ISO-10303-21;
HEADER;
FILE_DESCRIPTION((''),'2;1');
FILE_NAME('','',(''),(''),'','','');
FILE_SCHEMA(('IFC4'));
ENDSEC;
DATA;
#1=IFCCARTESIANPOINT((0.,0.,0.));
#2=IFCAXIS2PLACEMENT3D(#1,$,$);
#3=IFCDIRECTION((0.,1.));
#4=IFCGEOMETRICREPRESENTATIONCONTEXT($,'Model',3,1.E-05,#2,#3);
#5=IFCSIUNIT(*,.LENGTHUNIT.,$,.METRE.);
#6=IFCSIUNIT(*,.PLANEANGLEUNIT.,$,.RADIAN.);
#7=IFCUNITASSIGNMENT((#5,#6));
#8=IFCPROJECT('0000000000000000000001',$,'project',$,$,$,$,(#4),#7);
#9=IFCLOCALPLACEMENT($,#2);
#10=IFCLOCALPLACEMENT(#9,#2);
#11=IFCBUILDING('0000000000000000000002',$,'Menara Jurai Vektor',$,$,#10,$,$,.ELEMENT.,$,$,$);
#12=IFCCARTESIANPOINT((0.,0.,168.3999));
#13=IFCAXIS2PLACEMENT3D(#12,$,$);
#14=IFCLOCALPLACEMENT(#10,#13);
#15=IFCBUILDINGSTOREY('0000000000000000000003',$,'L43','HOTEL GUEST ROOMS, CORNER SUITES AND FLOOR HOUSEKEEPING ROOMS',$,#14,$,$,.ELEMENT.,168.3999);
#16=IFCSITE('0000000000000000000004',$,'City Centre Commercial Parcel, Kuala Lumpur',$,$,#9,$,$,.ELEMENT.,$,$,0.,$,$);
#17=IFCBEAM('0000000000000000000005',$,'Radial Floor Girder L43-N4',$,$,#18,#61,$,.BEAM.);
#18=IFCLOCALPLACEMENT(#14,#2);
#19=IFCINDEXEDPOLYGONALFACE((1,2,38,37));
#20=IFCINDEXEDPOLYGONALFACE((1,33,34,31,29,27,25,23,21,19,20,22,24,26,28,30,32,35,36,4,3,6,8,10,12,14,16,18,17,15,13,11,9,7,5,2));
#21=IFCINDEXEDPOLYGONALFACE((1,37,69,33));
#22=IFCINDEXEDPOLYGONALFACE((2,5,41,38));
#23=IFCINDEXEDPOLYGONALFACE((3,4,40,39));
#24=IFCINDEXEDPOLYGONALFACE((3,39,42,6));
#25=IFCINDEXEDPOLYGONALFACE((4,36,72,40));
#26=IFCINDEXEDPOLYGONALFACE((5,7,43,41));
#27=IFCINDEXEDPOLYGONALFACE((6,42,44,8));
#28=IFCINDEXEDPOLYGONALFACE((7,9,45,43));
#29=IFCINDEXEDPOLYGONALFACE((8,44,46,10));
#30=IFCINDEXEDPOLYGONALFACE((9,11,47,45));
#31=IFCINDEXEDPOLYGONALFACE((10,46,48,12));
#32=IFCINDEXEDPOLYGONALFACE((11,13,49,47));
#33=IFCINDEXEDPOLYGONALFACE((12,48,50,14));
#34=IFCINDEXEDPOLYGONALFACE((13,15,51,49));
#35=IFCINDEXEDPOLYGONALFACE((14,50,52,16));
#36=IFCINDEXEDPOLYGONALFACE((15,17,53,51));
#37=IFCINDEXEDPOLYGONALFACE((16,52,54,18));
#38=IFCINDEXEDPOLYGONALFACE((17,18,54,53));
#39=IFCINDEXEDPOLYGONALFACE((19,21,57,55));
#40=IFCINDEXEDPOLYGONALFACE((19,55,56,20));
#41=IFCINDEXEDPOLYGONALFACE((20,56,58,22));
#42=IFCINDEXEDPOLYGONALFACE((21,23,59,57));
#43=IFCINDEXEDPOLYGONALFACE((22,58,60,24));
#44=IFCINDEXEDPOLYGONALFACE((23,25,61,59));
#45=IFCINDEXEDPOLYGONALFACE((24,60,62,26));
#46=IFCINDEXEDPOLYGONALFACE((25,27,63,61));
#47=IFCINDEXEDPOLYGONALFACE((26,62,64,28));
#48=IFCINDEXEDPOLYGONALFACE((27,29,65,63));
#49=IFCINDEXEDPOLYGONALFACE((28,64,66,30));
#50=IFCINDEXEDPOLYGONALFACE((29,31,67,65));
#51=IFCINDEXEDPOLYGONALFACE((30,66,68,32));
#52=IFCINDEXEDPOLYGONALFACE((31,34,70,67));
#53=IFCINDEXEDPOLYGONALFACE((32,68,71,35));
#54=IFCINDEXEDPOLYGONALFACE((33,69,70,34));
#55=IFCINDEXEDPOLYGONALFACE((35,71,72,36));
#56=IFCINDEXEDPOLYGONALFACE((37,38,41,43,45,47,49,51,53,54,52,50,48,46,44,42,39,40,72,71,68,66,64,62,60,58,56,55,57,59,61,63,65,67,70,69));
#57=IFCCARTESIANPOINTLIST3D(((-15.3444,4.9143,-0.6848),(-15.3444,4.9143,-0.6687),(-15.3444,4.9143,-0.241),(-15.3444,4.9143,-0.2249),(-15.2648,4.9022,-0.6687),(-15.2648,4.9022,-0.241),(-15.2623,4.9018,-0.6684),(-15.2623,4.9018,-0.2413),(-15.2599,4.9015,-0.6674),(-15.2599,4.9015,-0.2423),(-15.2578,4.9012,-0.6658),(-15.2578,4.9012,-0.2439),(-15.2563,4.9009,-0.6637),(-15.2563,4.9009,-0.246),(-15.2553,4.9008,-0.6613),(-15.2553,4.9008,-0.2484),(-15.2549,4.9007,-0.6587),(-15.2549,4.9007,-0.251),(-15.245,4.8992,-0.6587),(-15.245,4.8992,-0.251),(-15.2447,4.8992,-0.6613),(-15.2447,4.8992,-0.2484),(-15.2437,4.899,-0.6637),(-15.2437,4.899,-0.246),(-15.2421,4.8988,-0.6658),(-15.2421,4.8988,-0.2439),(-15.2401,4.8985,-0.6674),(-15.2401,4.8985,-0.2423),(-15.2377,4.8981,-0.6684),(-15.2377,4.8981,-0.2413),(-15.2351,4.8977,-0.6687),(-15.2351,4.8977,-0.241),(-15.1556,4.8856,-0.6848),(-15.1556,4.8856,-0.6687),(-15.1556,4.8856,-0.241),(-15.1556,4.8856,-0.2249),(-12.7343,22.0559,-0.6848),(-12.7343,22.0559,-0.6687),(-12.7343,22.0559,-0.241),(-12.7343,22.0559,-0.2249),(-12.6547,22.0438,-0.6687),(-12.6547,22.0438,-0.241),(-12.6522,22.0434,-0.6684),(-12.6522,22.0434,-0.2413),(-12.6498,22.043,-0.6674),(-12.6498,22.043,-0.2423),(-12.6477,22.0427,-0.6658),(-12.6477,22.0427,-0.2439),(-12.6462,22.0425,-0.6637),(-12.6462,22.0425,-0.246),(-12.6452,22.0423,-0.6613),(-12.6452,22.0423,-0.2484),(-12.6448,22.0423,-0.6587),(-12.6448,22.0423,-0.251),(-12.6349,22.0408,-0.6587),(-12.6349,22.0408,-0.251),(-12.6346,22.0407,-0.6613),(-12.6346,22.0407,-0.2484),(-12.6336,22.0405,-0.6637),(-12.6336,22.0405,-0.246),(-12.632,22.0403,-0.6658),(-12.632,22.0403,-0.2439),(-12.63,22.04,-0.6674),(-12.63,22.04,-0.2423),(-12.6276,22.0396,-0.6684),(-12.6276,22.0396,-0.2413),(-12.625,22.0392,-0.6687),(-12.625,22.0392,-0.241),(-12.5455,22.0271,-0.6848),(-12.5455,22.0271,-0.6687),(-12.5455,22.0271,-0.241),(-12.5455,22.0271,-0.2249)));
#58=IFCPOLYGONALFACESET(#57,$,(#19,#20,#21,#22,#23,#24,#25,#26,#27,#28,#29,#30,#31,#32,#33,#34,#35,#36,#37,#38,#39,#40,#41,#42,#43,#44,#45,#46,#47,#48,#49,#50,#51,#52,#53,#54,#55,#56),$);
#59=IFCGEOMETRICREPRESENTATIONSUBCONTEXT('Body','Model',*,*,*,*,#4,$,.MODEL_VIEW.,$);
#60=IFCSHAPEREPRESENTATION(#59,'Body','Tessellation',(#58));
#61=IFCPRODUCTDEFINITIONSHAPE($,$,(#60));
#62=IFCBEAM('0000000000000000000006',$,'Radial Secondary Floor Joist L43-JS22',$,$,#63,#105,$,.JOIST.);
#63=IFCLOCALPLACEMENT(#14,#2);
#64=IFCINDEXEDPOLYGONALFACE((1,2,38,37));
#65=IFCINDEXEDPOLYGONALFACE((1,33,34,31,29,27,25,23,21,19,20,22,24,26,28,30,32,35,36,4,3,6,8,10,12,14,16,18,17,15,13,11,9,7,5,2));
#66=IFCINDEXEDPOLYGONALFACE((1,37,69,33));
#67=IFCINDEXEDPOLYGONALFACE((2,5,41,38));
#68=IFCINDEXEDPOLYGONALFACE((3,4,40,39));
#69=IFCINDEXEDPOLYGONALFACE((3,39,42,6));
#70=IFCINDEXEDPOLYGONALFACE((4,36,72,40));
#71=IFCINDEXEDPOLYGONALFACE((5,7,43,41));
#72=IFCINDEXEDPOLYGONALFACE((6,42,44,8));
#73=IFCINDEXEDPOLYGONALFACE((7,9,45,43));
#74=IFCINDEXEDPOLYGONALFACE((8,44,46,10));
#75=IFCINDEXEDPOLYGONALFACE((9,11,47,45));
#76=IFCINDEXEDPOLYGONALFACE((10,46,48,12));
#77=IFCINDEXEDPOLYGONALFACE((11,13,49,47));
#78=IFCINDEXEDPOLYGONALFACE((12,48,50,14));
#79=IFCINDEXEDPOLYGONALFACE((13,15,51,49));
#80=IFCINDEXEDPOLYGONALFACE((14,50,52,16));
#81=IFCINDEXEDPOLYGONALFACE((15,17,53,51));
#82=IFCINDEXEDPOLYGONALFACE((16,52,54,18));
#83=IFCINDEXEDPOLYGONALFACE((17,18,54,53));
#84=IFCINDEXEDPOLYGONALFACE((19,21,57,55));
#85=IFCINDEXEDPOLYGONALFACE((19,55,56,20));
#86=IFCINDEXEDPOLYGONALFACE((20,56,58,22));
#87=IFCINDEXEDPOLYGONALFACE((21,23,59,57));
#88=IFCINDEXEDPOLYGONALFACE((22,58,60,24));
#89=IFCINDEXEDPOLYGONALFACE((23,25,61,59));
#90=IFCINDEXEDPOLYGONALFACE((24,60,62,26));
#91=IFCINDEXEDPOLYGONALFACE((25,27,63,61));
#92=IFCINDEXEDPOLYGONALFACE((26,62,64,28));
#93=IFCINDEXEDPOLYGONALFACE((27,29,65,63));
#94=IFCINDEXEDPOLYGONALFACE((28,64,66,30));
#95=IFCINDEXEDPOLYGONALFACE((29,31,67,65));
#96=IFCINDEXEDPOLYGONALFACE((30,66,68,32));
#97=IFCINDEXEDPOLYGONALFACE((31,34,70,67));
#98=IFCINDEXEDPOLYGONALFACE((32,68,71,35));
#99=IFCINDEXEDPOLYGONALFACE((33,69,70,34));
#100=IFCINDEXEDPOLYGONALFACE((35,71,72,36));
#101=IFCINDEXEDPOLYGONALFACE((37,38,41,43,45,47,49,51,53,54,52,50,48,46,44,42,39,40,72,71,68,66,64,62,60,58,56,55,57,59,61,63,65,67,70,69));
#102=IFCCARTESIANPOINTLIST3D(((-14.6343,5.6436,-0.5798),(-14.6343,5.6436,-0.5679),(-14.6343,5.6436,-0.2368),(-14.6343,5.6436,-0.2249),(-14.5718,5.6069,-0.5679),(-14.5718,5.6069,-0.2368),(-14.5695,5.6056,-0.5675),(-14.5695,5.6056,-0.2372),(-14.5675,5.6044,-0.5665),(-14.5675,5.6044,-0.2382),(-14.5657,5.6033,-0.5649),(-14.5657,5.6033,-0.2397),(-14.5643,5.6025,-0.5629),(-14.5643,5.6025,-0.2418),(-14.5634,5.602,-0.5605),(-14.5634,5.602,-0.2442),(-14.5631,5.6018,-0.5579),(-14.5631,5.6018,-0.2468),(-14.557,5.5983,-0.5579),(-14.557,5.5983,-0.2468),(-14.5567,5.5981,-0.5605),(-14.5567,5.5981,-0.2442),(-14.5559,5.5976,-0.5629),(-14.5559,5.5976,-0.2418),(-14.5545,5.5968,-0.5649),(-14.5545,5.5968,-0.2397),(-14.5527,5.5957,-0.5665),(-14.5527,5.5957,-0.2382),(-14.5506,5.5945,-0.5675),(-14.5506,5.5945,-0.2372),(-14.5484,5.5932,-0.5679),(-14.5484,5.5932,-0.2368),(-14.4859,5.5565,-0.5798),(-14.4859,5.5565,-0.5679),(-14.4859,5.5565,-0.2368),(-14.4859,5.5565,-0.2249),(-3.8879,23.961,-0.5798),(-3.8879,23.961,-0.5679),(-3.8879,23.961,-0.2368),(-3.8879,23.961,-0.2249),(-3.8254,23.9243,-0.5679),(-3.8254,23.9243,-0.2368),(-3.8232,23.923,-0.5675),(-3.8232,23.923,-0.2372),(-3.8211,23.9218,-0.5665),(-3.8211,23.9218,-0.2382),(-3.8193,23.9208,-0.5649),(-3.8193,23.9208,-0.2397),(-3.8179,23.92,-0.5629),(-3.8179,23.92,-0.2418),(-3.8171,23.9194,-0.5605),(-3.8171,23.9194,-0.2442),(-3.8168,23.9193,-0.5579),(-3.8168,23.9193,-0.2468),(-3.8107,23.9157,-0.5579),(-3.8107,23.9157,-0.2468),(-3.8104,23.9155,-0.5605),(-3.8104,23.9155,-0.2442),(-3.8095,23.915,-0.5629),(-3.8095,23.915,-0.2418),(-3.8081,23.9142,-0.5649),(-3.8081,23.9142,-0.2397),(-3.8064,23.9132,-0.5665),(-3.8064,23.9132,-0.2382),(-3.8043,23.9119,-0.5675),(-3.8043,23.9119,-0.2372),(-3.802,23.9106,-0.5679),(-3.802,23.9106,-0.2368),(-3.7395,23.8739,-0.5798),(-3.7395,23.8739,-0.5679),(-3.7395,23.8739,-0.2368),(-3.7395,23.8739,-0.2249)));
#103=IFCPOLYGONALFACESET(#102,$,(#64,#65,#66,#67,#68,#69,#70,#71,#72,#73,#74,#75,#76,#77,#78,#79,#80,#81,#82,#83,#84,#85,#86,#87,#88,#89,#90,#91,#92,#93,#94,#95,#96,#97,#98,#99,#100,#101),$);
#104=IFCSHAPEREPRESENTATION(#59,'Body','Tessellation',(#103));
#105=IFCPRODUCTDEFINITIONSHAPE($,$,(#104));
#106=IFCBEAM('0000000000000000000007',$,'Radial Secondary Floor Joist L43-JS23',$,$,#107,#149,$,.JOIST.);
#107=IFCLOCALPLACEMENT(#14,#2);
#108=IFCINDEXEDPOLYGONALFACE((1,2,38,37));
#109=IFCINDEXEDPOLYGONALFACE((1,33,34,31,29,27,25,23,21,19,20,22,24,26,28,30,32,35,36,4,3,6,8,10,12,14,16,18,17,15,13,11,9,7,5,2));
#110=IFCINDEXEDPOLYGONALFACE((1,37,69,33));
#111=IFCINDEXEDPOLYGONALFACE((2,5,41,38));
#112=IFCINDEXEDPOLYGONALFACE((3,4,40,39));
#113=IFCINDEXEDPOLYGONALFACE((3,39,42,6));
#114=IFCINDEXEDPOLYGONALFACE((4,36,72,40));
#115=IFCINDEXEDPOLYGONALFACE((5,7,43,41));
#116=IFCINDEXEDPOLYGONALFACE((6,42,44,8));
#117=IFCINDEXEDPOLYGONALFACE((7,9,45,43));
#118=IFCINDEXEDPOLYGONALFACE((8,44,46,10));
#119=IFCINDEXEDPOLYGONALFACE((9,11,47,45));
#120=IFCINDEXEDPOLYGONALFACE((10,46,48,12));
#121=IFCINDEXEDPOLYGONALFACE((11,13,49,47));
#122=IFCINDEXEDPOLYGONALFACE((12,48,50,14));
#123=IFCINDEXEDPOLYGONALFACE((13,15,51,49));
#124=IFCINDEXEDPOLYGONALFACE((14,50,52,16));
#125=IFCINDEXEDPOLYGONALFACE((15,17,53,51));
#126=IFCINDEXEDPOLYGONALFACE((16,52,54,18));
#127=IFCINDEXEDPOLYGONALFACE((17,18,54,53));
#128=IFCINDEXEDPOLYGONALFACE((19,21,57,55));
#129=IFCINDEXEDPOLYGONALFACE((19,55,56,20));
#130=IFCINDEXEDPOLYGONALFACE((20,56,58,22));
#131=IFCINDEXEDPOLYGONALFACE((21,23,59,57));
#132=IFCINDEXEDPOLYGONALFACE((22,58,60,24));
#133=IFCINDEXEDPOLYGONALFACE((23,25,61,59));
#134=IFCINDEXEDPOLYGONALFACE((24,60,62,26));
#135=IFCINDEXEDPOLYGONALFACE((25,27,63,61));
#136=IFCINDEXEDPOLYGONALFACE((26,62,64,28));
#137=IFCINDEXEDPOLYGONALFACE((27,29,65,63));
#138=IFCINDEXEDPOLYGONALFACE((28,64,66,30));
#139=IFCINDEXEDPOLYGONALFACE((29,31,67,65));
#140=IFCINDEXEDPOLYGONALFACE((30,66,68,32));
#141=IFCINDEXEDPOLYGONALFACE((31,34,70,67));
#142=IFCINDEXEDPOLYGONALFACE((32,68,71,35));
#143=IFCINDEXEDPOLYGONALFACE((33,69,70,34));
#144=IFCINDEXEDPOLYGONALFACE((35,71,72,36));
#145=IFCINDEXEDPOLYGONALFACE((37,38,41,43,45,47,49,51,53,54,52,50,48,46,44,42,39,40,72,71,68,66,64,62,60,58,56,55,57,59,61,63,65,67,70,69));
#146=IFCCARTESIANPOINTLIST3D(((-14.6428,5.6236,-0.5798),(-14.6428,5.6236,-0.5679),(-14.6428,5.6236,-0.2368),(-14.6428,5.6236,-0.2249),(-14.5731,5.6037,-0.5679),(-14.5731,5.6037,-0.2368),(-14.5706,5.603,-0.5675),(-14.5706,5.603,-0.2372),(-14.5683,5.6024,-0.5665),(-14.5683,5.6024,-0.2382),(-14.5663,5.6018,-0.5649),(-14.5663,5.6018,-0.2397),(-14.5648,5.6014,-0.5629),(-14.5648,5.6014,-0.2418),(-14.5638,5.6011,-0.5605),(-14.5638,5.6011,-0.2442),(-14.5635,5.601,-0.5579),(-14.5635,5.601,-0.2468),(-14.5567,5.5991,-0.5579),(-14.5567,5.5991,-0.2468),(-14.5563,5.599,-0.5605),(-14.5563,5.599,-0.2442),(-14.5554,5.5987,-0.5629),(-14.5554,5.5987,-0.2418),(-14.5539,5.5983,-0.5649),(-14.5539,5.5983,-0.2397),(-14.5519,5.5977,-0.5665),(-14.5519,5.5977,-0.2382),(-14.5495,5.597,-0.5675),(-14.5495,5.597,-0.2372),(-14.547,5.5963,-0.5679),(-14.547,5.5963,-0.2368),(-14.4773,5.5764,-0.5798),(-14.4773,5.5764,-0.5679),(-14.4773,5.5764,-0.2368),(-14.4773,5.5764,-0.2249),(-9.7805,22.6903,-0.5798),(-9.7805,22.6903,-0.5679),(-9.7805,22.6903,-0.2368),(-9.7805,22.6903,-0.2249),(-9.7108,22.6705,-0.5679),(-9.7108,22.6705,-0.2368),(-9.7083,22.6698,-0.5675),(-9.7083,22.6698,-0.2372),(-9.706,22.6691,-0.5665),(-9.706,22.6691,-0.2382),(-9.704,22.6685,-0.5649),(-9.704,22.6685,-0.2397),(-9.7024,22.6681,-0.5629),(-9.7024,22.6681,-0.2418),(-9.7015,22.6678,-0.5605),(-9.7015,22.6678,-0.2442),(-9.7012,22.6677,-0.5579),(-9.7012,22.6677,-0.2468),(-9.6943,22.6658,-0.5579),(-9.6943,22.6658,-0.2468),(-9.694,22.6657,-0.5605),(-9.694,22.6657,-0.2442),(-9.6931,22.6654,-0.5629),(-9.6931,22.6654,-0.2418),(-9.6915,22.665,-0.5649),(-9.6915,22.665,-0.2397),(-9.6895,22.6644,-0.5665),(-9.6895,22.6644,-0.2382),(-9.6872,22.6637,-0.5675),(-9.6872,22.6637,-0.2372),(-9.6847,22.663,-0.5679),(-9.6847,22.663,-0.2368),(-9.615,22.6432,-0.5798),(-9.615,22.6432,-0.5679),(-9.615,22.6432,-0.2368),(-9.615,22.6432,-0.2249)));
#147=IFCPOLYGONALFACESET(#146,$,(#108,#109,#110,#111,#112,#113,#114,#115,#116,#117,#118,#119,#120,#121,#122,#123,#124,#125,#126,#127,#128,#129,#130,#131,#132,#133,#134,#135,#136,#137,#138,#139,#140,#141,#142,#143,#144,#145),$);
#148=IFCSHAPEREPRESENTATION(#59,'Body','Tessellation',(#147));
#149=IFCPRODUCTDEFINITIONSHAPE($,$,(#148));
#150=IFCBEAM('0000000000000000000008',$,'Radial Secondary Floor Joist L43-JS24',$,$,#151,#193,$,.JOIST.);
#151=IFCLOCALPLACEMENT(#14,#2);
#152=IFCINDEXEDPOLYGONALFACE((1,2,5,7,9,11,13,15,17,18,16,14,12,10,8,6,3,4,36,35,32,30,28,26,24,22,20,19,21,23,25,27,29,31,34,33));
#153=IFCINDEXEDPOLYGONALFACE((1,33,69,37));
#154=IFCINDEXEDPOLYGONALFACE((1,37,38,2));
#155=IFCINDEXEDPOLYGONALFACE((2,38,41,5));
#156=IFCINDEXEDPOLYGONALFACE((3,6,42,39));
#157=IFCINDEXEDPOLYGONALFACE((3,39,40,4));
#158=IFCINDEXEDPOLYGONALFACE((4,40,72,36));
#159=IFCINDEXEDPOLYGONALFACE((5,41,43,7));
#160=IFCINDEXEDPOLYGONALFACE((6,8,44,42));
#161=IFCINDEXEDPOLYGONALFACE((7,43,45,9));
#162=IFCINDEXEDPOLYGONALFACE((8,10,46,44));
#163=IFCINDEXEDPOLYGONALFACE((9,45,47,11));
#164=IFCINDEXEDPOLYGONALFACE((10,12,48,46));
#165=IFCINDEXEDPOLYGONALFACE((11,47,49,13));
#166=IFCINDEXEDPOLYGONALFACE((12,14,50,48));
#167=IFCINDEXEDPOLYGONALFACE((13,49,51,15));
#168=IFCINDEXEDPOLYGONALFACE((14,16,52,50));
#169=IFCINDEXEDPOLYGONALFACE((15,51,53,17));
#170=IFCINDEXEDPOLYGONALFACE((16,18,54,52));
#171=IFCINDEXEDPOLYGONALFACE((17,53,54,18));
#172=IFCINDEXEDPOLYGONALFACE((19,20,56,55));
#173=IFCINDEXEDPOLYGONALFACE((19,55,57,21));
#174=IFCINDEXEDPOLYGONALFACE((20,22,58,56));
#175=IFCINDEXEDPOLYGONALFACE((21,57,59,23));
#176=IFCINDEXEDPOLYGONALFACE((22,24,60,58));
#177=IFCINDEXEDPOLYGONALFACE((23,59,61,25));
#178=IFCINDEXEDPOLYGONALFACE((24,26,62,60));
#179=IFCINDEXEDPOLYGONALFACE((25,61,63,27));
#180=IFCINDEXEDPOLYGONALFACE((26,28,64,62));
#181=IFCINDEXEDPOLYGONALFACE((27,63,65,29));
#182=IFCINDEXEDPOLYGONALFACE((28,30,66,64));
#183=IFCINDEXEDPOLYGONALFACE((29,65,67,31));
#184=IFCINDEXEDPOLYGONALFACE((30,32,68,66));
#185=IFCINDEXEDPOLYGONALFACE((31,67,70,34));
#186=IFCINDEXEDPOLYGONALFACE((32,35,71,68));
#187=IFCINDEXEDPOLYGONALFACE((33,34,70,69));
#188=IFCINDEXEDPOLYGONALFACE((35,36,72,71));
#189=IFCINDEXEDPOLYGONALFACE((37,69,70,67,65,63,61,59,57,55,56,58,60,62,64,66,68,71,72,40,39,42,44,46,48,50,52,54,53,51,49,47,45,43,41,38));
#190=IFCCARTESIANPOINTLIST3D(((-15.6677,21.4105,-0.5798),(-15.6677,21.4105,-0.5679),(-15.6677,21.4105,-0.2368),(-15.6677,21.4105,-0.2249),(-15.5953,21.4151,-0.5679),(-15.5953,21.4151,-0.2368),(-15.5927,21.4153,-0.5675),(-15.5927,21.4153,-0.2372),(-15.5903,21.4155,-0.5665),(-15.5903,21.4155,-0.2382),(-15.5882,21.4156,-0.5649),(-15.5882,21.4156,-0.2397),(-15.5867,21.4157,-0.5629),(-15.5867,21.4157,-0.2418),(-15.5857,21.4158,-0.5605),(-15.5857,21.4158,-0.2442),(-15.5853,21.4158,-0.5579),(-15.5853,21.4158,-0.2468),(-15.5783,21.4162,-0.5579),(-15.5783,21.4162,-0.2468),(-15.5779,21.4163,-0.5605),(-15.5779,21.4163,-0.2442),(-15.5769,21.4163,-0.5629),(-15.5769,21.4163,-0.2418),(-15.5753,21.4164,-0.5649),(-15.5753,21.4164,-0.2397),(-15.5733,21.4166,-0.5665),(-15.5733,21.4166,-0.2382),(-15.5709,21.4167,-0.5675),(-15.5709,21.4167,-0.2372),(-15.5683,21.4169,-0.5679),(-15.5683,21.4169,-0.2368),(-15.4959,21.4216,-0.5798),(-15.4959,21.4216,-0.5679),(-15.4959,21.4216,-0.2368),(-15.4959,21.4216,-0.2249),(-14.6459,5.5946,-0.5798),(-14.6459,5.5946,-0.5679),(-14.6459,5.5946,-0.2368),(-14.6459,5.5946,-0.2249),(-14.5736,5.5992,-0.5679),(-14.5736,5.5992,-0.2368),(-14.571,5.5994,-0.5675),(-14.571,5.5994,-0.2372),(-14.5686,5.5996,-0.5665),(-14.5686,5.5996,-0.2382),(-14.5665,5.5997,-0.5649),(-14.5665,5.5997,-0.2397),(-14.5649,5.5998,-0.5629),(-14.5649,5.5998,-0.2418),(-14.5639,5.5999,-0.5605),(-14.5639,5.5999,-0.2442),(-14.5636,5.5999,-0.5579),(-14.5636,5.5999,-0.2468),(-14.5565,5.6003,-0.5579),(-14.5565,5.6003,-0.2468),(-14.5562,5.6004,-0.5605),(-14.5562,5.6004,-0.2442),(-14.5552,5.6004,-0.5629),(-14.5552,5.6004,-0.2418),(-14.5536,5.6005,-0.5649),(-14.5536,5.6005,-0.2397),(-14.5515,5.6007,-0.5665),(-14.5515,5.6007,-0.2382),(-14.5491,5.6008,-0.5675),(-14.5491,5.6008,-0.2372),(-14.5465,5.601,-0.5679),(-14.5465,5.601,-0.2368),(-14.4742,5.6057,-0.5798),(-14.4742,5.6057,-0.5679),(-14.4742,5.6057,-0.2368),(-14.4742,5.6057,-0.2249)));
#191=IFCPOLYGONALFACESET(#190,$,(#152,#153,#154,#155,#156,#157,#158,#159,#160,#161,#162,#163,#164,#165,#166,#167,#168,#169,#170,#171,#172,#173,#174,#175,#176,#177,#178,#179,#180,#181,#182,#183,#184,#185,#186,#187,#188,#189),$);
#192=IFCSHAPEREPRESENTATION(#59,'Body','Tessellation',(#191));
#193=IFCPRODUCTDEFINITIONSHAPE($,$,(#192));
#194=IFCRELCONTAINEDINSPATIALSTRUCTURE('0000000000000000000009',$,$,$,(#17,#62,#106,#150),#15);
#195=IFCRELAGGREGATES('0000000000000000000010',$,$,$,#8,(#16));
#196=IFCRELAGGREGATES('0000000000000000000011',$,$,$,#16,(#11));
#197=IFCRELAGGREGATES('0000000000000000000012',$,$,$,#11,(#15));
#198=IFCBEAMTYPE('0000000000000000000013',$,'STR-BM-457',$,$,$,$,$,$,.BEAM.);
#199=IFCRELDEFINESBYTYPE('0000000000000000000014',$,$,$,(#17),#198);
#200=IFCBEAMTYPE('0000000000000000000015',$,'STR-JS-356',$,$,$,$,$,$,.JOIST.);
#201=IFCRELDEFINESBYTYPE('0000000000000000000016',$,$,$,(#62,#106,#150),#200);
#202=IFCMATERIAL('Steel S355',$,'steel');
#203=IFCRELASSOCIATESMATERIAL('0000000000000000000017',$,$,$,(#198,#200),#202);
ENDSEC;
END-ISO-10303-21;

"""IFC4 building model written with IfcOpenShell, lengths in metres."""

from ifc_helpers import new_model, si_unit, direction, frame, origin, origin_2d, place, context, subcontext, project, spatial, i_section, extrude, material, material_profile, profile_set, type_object, element, save


model = new_model("IFC4")

# Units and contexts
model_context = context("Model", 3, precision=1e-05, world=origin(), true_north=direction((0.0, 1.0)))
body_context = subcontext(model_context, "Body", "Model", "MODEL_VIEW")
ifc_project = project(units=[si_unit("LENGTHUNIT", "METRE"), si_unit("PLANEANGLEUNIT", "RADIAN")], contexts=[model_context])

# Site, building, storey
site_placement = place(None, origin())
site = spatial("IfcSite", under=ifc_project, at=site_placement, Name="City Centre Commercial Parcel, Kuala Lumpur", CompositionType="ELEMENT", RefElevation=0.0)
building_placement = place(site_placement, origin())
building = spatial("IfcBuilding", under=site, at=building_placement, Name="Menara Jurai Vektor", CompositionType="ELEMENT")
storey_placement = place(building_placement, frame((0.0, 0.0, 168.3999)))
storey = spatial("IfcBuildingStorey", under=building, at=storey_placement, Name="L43", Description="HOTEL GUEST ROOMS, CORNER SUITES AND FLOOR HOUSEKEEPING ROOMS", CompositionType="ELEMENT", Elevation=168.3999)

# Beams
ifc_material_1 = material(Name="Steel S355", Category="steel")
ifc_material_profile_1 = material_profile(ifc_material_1, i_section(OverallWidth=0.1909, OverallDepth=0.46, WebThickness=0.01, FlangeThickness=0.0161, FilletRadius=0.01, at=origin_2d()), Name="UKB 457x191x82")
ifc_profile_set_1 = profile_set([ifc_material_profile_1], Name="Steel S355")
beam_type_1 = type_object("IfcBeamType", Name="STR-BM-457", PredefinedType="BEAM", material=ifc_profile_set_1)
beam_1_placement = place(storey_placement, frame((-12.6399, 22.0415, -0.4548), z_axis=(-0.150532, -0.988605, 0.0), x_axis=(0.988605, -0.150532, 0.0)))
element("IfcBeam", 1, at=beam_1_placement, inside=storey, type_object=beam_type_1, Name="Radial Floor Girder L43-N4", PredefinedType="BEAM", context=body_context, shape_type="SweptSolid", body=[
    extrude(i_section(OverallWidth=0.1909, OverallDepth=0.46, WebThickness=0.01, FlangeThickness=0.0161, FilletRadius=0.01, at=origin_2d()), origin(), (0.0, 0.0, 1.0), 17.3391),
])
ifc_material_profile_2 = material_profile(ifc_material_1, i_section(OverallWidth=0.1721, OverallDepth=0.355, WebThickness=0.0071, FlangeThickness=0.012, FilletRadius=0.01, at=origin_2d()), Name="UKB 356x171x51")
ifc_profile_set_2 = profile_set([ifc_material_profile_2], Name="Steel S355")
beam_type_2 = type_object("IfcBeamType", Name="STR-JS-356", PredefinedType="JOIST", material=ifc_profile_set_2)
beam_2_placement = place(storey_placement, frame((-3.8137, 23.9175, -0.4023), z_axis=(-0.50602, -0.862522, 0.0), x_axis=(0.862522, -0.50602, 0.0)))
element("IfcBeam", 2, at=beam_2_placement, inside=storey, type_object=beam_type_2, Name="Radial Secondary Floor Joist L43-JS22", PredefinedType="JOIST", context=body_context, shape_type="SweptSolid", body=[
    extrude(i_section(OverallWidth=0.1721, OverallDepth=0.355, WebThickness=0.0071, FlangeThickness=0.012, FilletRadius=0.01, at=origin_2d()), origin(), (0.0, 0.0, 1.0), 21.2371),
])
beam_3_placement = place(storey_placement, frame((-9.6978, 22.6667, -0.4023), z_axis=(-0.273998, -0.96173, 0.0), x_axis=(0.96173, -0.273998, 0.0)))
element("IfcBeam", 3, at=beam_3_placement, inside=storey, type_object=beam_type_2, Name="Radial Secondary Floor Joist L43-JS23", PredefinedType="JOIST", context=body_context, shape_type="SweptSolid", body=[
    extrude(i_section(OverallWidth=0.1721, OverallDepth=0.355, WebThickness=0.0071, FlangeThickness=0.012, FilletRadius=0.01, at=origin_2d()), origin(), (0.0, 0.0, 1.0), 17.7458),
])
beam_4_placement = place(storey_placement, frame((-15.5818, 21.416, -0.4023), z_axis=(0.064467, -0.99792, 0.0), x_axis=(0.99792, 0.064467, 0.0)))
element("IfcBeam", 4, at=beam_4_placement, inside=storey, type_object=beam_type_2, Name="Radial Secondary Floor Joist L43-JS24", PredefinedType="JOIST", context=body_context, shape_type="SweptSolid", body=[
    extrude(i_section(OverallWidth=0.1721, OverallDepth=0.355, WebThickness=0.0071, FlangeThickness=0.012, FilletRadius=0.01, at=origin_2d()), origin(), (0.0, 0.0, 1.0), 15.8489),
])

save(model, "model.ifc")
